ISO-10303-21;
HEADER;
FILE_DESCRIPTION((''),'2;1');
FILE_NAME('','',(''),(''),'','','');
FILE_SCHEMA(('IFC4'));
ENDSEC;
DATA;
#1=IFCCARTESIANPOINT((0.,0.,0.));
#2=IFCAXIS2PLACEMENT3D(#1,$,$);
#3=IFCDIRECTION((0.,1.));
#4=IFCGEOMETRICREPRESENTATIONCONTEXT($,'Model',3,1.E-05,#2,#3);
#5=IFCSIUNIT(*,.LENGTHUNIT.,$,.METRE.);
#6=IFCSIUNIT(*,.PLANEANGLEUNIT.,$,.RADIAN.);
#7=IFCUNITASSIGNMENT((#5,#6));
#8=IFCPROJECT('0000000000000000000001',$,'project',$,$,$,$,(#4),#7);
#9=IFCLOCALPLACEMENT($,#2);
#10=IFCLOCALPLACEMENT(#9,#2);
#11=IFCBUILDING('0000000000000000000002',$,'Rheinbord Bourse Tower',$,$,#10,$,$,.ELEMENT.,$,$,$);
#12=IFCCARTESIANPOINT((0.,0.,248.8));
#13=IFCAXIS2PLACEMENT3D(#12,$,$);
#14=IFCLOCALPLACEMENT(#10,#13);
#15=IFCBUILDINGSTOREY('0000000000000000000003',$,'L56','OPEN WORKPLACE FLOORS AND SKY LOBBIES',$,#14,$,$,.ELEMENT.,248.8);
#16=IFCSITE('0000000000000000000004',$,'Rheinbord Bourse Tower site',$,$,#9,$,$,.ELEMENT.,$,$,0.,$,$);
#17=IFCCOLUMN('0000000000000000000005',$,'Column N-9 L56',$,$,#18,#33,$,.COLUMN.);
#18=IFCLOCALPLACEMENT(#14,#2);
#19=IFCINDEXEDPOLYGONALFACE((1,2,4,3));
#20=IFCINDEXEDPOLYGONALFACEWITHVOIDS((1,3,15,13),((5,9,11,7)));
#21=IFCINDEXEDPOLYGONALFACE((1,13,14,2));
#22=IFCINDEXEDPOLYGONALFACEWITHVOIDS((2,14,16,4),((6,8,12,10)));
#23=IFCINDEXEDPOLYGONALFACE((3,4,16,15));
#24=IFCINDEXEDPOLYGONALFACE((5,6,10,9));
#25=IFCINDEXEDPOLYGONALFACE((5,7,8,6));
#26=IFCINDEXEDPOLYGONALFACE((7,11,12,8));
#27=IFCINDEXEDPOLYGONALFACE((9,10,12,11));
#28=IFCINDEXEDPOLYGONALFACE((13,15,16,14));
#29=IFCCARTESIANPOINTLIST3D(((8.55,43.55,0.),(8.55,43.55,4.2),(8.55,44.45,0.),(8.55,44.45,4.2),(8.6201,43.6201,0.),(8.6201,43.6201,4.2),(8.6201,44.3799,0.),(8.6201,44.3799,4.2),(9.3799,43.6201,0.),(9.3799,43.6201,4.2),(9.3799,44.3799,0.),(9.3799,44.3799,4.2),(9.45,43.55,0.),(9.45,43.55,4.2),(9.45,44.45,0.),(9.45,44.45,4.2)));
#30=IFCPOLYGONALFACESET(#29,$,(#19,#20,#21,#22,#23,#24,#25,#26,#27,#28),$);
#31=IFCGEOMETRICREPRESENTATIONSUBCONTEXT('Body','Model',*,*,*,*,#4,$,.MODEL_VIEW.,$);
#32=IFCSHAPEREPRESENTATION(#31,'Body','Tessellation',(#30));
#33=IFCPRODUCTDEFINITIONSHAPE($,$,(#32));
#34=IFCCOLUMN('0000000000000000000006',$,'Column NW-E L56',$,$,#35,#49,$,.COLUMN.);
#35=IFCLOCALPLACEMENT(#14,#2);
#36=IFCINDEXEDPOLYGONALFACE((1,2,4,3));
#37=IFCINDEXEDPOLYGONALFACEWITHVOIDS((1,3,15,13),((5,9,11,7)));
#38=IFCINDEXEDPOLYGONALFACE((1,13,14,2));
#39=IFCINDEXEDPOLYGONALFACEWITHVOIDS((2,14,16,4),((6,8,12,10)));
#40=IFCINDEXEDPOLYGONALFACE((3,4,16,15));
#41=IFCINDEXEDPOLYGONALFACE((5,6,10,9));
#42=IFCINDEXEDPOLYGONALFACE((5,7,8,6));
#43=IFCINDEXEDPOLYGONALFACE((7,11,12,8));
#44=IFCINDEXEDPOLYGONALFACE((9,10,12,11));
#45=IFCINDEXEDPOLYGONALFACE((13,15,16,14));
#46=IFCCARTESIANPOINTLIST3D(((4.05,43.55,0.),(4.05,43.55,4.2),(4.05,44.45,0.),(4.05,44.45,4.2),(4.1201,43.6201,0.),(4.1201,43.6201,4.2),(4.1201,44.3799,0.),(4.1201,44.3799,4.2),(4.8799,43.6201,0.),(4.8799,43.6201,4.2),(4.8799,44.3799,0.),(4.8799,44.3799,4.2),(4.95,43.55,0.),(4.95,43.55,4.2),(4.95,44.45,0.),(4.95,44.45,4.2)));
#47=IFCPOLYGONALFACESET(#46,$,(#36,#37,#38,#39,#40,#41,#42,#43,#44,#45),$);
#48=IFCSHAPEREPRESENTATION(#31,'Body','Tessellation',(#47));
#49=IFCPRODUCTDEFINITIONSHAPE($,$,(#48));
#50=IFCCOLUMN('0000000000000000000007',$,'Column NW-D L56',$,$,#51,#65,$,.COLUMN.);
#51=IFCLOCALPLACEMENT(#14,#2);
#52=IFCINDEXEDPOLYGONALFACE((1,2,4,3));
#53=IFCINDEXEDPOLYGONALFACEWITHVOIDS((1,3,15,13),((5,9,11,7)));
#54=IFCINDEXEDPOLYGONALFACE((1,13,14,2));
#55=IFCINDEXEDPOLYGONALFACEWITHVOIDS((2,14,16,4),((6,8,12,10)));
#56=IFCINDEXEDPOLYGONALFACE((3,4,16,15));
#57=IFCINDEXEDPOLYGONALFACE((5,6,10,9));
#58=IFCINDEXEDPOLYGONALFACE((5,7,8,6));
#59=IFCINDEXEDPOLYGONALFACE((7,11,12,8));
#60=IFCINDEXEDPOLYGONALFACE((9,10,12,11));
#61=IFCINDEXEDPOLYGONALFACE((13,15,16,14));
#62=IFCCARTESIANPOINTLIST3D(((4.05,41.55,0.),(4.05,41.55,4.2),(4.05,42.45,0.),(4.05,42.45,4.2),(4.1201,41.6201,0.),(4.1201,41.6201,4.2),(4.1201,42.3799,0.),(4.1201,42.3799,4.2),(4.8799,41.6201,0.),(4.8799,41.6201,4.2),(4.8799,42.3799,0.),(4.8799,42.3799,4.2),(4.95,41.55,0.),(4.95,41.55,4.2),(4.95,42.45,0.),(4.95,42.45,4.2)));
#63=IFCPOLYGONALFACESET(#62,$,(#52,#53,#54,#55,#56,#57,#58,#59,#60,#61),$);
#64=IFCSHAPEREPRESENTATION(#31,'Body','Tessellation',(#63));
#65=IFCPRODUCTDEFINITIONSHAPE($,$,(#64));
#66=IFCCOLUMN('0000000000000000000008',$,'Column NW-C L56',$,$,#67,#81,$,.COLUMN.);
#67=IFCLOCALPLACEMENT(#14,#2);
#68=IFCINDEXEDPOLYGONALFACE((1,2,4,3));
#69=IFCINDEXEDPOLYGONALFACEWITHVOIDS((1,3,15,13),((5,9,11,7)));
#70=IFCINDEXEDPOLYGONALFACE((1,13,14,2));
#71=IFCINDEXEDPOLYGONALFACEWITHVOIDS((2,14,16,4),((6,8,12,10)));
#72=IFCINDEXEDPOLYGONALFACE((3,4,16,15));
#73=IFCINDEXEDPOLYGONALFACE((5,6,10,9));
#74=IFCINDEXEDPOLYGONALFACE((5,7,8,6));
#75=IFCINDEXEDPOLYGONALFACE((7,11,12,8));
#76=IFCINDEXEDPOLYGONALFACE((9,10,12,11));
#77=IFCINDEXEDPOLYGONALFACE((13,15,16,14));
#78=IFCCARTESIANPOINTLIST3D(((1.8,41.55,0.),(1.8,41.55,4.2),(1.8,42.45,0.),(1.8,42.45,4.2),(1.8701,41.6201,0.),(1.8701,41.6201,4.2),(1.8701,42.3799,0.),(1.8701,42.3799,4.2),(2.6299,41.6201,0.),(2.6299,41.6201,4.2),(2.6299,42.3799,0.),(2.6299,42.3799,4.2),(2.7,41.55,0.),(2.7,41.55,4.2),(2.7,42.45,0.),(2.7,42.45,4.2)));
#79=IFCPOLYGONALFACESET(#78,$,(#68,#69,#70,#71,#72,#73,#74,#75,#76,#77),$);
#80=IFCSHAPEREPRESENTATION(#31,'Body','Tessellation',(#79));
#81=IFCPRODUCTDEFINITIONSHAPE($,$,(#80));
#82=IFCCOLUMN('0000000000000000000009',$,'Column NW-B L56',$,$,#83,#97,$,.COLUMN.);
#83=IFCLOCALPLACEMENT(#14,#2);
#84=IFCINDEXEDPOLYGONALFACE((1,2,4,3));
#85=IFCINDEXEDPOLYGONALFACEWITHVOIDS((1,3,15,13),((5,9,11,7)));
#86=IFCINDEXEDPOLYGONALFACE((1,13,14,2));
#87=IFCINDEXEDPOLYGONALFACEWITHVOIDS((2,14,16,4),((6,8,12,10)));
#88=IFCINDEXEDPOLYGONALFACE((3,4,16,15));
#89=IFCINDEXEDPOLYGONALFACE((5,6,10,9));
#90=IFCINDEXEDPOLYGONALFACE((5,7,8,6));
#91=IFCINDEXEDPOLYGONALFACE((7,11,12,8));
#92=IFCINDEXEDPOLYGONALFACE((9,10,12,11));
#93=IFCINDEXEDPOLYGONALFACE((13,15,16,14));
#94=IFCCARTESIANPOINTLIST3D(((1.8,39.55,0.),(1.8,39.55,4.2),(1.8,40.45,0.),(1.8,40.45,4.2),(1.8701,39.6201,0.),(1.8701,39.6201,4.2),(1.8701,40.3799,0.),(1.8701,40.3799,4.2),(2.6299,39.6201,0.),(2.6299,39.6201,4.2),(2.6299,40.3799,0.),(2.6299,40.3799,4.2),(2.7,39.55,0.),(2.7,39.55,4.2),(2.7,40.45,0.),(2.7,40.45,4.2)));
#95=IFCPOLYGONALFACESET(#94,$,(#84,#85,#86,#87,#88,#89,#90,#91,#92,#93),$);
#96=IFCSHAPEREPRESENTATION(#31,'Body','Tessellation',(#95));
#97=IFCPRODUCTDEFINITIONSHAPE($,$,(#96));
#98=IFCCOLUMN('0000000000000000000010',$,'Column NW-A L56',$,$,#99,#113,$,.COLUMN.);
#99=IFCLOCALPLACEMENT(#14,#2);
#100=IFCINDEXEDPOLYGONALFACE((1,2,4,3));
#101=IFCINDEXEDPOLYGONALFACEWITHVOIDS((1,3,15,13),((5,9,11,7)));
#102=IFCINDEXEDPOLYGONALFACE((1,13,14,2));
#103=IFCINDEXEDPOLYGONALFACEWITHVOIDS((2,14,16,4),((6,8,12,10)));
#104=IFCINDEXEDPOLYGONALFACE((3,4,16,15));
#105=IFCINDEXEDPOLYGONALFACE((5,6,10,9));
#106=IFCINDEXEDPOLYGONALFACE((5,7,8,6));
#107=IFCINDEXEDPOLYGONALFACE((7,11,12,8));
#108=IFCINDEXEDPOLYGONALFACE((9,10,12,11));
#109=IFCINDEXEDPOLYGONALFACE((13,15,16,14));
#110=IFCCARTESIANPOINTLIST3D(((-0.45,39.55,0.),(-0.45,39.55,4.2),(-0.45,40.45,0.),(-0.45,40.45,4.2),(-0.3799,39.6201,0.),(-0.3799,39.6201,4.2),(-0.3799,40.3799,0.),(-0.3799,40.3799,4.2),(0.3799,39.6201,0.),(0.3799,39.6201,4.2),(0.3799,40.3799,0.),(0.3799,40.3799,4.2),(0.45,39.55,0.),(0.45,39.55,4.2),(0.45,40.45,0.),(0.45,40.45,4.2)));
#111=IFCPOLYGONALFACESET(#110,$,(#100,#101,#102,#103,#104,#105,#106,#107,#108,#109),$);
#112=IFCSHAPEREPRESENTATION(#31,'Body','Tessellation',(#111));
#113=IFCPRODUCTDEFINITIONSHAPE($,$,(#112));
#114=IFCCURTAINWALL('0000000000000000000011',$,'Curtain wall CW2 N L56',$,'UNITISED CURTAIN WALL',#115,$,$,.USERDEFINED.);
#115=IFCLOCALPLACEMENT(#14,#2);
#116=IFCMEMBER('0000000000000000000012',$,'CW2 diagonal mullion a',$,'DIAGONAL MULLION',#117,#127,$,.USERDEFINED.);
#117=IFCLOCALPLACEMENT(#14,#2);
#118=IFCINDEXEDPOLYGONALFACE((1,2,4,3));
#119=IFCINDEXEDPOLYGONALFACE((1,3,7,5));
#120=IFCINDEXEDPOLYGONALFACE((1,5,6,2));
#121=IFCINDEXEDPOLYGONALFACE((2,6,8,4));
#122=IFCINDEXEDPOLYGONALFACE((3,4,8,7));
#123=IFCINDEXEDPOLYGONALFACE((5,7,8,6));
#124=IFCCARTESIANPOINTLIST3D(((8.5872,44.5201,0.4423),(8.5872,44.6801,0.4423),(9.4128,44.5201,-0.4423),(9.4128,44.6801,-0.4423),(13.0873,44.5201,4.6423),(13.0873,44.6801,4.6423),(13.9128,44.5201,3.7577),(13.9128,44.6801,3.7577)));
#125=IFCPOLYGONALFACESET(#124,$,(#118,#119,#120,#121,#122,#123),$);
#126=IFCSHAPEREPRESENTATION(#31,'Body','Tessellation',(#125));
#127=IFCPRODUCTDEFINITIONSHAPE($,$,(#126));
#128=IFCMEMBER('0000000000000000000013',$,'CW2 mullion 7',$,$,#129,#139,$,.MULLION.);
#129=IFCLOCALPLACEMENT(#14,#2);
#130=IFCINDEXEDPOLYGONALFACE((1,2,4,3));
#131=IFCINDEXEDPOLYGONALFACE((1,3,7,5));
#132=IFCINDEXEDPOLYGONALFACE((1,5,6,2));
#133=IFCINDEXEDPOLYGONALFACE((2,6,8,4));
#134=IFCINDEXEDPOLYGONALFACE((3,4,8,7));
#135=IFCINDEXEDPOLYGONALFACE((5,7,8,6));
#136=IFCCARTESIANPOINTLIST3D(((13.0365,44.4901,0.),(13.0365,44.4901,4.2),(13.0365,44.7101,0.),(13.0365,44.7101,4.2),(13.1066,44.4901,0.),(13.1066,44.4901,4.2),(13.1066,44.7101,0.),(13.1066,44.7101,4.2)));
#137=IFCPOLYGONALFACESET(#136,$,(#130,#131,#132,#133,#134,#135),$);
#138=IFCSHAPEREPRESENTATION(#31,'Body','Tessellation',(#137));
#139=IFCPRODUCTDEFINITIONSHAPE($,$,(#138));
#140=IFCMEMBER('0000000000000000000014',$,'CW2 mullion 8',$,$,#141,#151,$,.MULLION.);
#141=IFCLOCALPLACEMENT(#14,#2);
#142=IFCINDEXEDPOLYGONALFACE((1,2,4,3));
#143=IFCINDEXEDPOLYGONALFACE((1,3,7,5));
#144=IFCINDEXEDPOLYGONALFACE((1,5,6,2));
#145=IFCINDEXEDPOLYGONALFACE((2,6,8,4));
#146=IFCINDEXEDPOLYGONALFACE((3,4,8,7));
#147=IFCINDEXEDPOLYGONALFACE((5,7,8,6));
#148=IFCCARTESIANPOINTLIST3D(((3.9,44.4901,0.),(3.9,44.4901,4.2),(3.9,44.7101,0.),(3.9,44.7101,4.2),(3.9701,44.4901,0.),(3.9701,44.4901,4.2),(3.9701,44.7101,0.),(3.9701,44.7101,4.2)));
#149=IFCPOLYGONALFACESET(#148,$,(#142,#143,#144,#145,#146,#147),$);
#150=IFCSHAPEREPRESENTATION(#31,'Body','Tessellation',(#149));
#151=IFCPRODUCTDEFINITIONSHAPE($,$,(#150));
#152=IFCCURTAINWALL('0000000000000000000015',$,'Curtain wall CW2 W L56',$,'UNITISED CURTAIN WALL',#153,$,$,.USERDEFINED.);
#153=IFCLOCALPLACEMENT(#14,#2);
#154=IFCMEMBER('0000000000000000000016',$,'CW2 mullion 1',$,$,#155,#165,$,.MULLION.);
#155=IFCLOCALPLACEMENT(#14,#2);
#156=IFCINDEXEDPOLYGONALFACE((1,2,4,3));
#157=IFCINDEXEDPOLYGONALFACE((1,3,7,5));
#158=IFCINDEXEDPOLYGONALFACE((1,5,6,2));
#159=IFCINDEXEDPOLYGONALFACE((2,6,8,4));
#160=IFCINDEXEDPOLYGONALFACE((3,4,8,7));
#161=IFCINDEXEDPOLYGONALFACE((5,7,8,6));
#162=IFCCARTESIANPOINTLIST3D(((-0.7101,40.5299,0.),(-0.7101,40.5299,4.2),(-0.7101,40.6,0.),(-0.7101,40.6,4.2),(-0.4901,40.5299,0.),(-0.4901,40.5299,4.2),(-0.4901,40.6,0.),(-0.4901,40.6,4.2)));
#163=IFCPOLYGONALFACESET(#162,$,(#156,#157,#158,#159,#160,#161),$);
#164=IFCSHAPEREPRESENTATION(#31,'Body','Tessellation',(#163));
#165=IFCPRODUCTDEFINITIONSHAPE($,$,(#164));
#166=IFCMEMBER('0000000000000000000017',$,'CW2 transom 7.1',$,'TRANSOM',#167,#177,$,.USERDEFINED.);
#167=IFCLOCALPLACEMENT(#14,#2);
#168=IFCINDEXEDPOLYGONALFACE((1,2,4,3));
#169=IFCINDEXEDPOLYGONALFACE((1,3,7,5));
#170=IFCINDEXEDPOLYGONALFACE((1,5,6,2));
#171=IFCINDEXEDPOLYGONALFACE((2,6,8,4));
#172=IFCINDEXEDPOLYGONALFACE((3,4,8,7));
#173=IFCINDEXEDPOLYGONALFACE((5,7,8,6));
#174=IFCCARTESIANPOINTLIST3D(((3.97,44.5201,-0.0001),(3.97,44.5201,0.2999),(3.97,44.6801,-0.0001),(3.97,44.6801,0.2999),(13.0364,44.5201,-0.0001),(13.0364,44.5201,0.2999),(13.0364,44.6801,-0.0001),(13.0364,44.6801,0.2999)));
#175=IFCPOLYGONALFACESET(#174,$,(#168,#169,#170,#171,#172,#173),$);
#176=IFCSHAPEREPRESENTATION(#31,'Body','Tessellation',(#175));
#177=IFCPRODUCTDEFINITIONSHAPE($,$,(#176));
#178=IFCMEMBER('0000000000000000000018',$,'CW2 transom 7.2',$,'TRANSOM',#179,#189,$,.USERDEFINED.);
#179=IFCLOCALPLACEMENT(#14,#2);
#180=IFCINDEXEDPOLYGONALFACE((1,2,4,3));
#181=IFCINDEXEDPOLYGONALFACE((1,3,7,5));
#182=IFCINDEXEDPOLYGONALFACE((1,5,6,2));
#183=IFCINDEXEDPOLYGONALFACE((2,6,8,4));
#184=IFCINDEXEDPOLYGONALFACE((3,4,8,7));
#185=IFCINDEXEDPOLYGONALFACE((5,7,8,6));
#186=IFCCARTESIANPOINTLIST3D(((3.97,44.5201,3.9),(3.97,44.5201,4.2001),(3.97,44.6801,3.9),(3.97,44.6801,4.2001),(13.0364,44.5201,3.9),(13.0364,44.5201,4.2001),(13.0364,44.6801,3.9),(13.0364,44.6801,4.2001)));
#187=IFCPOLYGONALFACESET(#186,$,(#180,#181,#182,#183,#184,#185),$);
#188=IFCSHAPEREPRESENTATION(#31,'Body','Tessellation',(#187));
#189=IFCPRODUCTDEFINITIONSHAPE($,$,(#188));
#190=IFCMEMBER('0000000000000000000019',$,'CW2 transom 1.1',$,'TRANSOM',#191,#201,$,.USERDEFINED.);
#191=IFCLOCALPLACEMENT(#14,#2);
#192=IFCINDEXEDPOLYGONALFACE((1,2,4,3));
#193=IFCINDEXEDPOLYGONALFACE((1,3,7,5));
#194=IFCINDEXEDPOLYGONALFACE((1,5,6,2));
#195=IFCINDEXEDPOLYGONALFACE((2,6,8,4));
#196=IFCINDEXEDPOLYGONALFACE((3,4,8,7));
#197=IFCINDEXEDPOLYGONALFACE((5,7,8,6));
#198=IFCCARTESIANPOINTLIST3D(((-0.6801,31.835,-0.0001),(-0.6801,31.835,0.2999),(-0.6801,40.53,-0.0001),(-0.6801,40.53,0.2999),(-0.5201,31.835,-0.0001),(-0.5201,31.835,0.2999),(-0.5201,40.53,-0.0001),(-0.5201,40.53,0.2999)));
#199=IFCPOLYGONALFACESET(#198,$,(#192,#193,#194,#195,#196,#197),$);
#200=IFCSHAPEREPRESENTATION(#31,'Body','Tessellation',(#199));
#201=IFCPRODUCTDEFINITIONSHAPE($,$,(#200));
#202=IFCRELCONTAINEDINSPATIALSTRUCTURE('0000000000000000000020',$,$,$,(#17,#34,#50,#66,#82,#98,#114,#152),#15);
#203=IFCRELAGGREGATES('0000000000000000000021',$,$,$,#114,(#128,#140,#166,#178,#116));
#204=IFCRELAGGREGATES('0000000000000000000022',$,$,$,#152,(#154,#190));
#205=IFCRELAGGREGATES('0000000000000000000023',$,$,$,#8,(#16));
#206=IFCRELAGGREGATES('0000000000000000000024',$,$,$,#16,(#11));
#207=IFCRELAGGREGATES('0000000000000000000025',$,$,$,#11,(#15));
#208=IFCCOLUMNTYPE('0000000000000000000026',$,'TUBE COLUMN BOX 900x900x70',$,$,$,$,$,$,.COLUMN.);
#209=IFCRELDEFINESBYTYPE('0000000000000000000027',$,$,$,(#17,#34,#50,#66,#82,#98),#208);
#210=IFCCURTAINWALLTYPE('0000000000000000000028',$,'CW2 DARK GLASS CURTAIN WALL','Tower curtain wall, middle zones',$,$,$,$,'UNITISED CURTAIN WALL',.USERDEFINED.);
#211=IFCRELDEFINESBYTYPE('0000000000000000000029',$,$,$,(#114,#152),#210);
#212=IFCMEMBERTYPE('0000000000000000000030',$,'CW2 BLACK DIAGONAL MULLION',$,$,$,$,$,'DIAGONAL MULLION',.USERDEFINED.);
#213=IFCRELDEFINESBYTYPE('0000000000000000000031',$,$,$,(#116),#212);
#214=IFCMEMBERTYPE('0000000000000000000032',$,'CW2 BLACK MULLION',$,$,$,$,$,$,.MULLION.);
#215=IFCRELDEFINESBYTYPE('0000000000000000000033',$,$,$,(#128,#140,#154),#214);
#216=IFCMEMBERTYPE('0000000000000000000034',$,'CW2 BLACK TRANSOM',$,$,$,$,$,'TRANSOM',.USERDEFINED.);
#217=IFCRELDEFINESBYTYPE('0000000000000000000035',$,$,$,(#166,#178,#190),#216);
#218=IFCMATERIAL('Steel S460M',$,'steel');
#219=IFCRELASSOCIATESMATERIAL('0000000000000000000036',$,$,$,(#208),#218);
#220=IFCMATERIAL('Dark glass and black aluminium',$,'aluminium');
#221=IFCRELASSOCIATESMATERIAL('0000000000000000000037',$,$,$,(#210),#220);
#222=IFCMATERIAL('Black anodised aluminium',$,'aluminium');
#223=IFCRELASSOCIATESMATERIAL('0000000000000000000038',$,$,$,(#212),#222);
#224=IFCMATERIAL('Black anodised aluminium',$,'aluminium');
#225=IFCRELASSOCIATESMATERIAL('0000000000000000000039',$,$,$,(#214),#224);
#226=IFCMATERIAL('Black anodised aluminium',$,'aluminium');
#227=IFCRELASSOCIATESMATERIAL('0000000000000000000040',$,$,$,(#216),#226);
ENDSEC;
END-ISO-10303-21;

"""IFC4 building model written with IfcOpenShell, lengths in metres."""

from ifc_helpers import new_model, si_unit, direction, frame, origin, origin_2d, place, context, subcontext, project, spatial, rectangle, hollow_rectangle, extrude, material, material_profile, profile_set, type_object, element, aggregate, save


model = new_model("IFC4")

# Units and contexts
model_context = context("Model", 3, precision=1e-05, world=origin(), true_north=direction((0.0, 1.0)))
body_context = subcontext(model_context, "Body", "Model", "MODEL_VIEW")
ifc_project = project(units=[si_unit("LENGTHUNIT", "METRE"), si_unit("PLANEANGLEUNIT", "RADIAN")], contexts=[model_context])

# Site, building, storey
site_placement = place(None, origin())
site = spatial("IfcSite", under=ifc_project, at=site_placement, Name="Rheinbord Bourse Tower site", CompositionType="ELEMENT", RefElevation=0.0)
building_placement = place(site_placement, origin())
building = spatial("IfcBuilding", under=site, at=building_placement, Name="Rheinbord Bourse Tower", CompositionType="ELEMENT")
storey_placement = place(building_placement, frame((0.0, 0.0, 248.8)))
storey = spatial("IfcBuildingStorey", under=building, at=storey_placement, Name="L56", Description="OPEN WORKPLACE FLOORS AND SKY LOBBIES", CompositionType="ELEMENT", Elevation=248.8)

# Columns
ifc_material_1 = material(Name="Steel S460M", Category="steel")
ifc_material_profile_1 = material_profile(ifc_material_1, hollow_rectangle(XDim=0.8999, YDim=0.8999, WallThickness=0.0701, at=origin_2d()), Name="BOX 900x900x70")
ifc_profile_set_1 = profile_set([ifc_material_profile_1], Name="Steel S460M")
column_type = type_object("IfcColumnType", Name="TUBE COLUMN BOX 900x900x70", PredefinedType="COLUMN", material=ifc_profile_set_1)
for number, where, z_axis, x_axis, name in (
    (1, (9.0, 44.0, 0.0), (0.0, 0.0, 1.0), (0.0, 1.0, 0.0), "Column N-9 L56"),
    (2, (4.5, 44.0, 0.0), (0.0, 0.0, 1.0), (0.0, 1.0, 0.0), "Column NW-E L56"),
    (3, (4.5, 42.0, 0.0), (0.0, 0.0, 1.0), (0.0, 1.0, 0.0), "Column NW-D L56"),
    (4, (2.25, 42.0, 0.0), (0.0, 0.0, 1.0), (1.0, 0.0, 0.0), "Column NW-C L56"),
    (5, (2.25, 40.0, 0.0), (0.0, 0.0, 1.0), (1.0, 0.0, 0.0), "Column NW-B L56"),
    (6, (0.0, 40.0, 0.0), (0.0, 0.0, 1.0), (1.0, 0.0, 0.0), "Column NW-A L56"),
):
    element("IfcColumn", number, at=place(storey_placement, frame(where, z_axis=z_axis, x_axis=x_axis)), inside=storey, type_object=column_type, Name=name, PredefinedType="COLUMN", context=body_context, shape_type="SweptSolid", body=[
        extrude(hollow_rectangle(XDim=0.8999, YDim=0.8999, WallThickness=0.0701, at=origin_2d()), origin(), (0.0, 0.0, 1.0), 4.2),
    ])

# Curtain wall, members
ifc_material_2 = material(Name="Dark glass and black aluminium", Category="aluminium")
curtain_wall_type = type_object("IfcCurtainWallType", Name="CW2 DARK GLASS CURTAIN WALL", Description="Tower curtain wall, middle zones", ElementType="UNITISED CURTAIN WALL", PredefinedType="USERDEFINED", material=ifc_material_2)
curtain_wall_1_placement = place(storey_placement, origin())
curtain_wall_1 = element("IfcCurtainWall", 7, at=curtain_wall_1_placement, inside=storey, type_object=curtain_wall_type, Name="Curtain wall CW2 N L56", ObjectType="UNITISED CURTAIN WALL", PredefinedType="USERDEFINED")
ifc_material_3 = material(Name="Black anodised aluminium", Category="aluminium")
ifc_material_profile_2 = material_profile(ifc_material_3, rectangle(XDim=0.1599, YDim=1.21, at=origin_2d()), Name="CW2 DIAGONAL MULLION 1210x160")
ifc_profile_set_2 = profile_set([ifc_material_profile_2], Name="Black anodised aluminium")
member_type_1 = type_object("IfcMemberType", Name="CW2 BLACK DIAGONAL MULLION", ElementType="DIAGONAL MULLION", PredefinedType="USERDEFINED", material=ifc_profile_set_2)
member_1_placement = place(storey_placement, frame((9.0, 44.6001, 0.0), z_axis=(0.731059, 0.0, 0.682314), x_axis=(0.0, 1.0, 0.0)))
member_1 = element("IfcMember", 8, at=member_1_placement, type_object=member_type_1, Name="CW2 diagonal mullion a", ObjectType="DIAGONAL MULLION", PredefinedType="USERDEFINED", context=body_context, shape_type="SweptSolid", body=[
    extrude(rectangle(XDim=0.1599, YDim=1.21, at=origin_2d()), origin(), (0.0, 0.0, 1.0), 6.1555),
])
ifc_material_4 = material(Name="Black anodised aluminium", Category="aluminium")
ifc_material_profile_3 = material_profile(ifc_material_4, rectangle(XDim=0.22, YDim=0.0701, at=origin_2d()), Name="CW2 MULLION 70x220")
ifc_profile_set_3 = profile_set([ifc_material_profile_3], Name="Black anodised aluminium")
member_type_2 = type_object("IfcMemberType", Name="CW2 BLACK MULLION", PredefinedType="MULLION", material=ifc_profile_set_3)
member_2_placement = place(storey_placement, frame((13.0715, 44.6001, 0.0), z_axis=(0.0, 0.0, 1.0), x_axis=(0.0, -1.0, 0.0)))
member_2 = element("IfcMember", 9, at=member_2_placement, type_object=member_type_2, Name="CW2 mullion 7", PredefinedType="MULLION", context=body_context, shape_type="SweptSolid", body=[
    extrude(rectangle(XDim=0.22, YDim=0.0701, at=origin_2d()), origin(), (0.0, 0.0, 1.0), 4.2),
])
member_3_placement = place(storey_placement, frame((3.9351, 44.6001, 0.0), z_axis=(0.0, 0.0, 1.0), x_axis=(0.0, -1.0, 0.0)))
member_3 = element("IfcMember", 10, at=member_3_placement, type_object=member_type_2, Name="CW2 mullion 8", PredefinedType="MULLION", context=body_context, shape_type="SweptSolid", body=[
    extrude(rectangle(XDim=0.22, YDim=0.0701, at=origin_2d()), origin(), (0.0, 0.0, 1.0), 4.2),
])

# Curtain wall, member
curtain_wall_2_placement = place(storey_placement, origin())
curtain_wall_2 = element("IfcCurtainWall", 11, at=curtain_wall_2_placement, inside=storey, type_object=curtain_wall_type, Name="Curtain wall CW2 W L56", ObjectType="UNITISED CURTAIN WALL", PredefinedType="USERDEFINED")
member_4_placement = place(storey_placement, frame((-0.6001, 40.5649, 0.0), z_axis=(0.0, 0.0, 1.0), x_axis=(1.0, 0.0, 0.0)))
member_4 = element("IfcMember", 12, at=member_4_placement, type_object=member_type_2, Name="CW2 mullion 1", PredefinedType="MULLION", context=body_context, shape_type="SweptSolid", body=[
    extrude(rectangle(XDim=0.22, YDim=0.0701, at=origin_2d()), origin(), (0.0, 0.0, 1.0), 4.2),
])

# Members
ifc_material_5 = material(Name="Black anodised aluminium", Category="aluminium")
ifc_material_profile_4 = material_profile(ifc_material_5, rectangle(XDim=0.1599, YDim=0.3, at=origin_2d()), Name="CW2 TRANSOM 300x160")
ifc_profile_set_4 = profile_set([ifc_material_profile_4], Name="Black anodised aluminium")
member_type_3 = type_object("IfcMemberType", Name="CW2 BLACK TRANSOM", ElementType="TRANSOM", PredefinedType="USERDEFINED", material=ifc_profile_set_4)
member_5_placement = place(storey_placement, frame((13.0364, 44.6001, 0.1499), z_axis=(-1.0, 0.0, 0.0), x_axis=(0.0, -1.0, 0.0)))
member_5 = element("IfcMember", 13, at=member_5_placement, type_object=member_type_3, Name="CW2 transom 7.1", ObjectType="TRANSOM", PredefinedType="USERDEFINED", context=body_context, shape_type="SweptSolid", body=[
    extrude(rectangle(XDim=0.1599, YDim=0.3, at=origin_2d()), origin(), (0.0, 0.0, 1.0), 9.0664),
])
member_6_placement = place(storey_placement, frame((13.0364, 44.6001, 4.05), z_axis=(-1.0, 0.0, 0.0), x_axis=(0.0, -1.0, 0.0)))
member_6 = element("IfcMember", 14, at=member_6_placement, type_object=member_type_3, Name="CW2 transom 7.2", ObjectType="TRANSOM", PredefinedType="USERDEFINED", context=body_context, shape_type="SweptSolid", body=[
    extrude(rectangle(XDim=0.1599, YDim=0.3, at=origin_2d()), origin(), (0.0, 0.0, 1.0), 9.0664),
])
member_7_placement = place(storey_placement, frame((-0.6001, 40.53, 0.1499), z_axis=(0.0, -1.0, 0.0), x_axis=(1.0, 0.0, 0.0)))
member_7 = element("IfcMember", 15, at=member_7_placement, type_object=member_type_3, Name="CW2 transom 1.1", ObjectType="TRANSOM", PredefinedType="USERDEFINED", context=body_context, shape_type="SweptSolid", body=[
    extrude(rectangle(XDim=0.1599, YDim=0.3, at=origin_2d()), origin(), (0.0, 0.0, 1.0), 8.6951),
])

aggregate(curtain_wall_1, [member_2, member_3, member_5, member_6, member_1])
aggregate(curtain_wall_2, [member_4, member_7])

save(model, "model.ifc")
